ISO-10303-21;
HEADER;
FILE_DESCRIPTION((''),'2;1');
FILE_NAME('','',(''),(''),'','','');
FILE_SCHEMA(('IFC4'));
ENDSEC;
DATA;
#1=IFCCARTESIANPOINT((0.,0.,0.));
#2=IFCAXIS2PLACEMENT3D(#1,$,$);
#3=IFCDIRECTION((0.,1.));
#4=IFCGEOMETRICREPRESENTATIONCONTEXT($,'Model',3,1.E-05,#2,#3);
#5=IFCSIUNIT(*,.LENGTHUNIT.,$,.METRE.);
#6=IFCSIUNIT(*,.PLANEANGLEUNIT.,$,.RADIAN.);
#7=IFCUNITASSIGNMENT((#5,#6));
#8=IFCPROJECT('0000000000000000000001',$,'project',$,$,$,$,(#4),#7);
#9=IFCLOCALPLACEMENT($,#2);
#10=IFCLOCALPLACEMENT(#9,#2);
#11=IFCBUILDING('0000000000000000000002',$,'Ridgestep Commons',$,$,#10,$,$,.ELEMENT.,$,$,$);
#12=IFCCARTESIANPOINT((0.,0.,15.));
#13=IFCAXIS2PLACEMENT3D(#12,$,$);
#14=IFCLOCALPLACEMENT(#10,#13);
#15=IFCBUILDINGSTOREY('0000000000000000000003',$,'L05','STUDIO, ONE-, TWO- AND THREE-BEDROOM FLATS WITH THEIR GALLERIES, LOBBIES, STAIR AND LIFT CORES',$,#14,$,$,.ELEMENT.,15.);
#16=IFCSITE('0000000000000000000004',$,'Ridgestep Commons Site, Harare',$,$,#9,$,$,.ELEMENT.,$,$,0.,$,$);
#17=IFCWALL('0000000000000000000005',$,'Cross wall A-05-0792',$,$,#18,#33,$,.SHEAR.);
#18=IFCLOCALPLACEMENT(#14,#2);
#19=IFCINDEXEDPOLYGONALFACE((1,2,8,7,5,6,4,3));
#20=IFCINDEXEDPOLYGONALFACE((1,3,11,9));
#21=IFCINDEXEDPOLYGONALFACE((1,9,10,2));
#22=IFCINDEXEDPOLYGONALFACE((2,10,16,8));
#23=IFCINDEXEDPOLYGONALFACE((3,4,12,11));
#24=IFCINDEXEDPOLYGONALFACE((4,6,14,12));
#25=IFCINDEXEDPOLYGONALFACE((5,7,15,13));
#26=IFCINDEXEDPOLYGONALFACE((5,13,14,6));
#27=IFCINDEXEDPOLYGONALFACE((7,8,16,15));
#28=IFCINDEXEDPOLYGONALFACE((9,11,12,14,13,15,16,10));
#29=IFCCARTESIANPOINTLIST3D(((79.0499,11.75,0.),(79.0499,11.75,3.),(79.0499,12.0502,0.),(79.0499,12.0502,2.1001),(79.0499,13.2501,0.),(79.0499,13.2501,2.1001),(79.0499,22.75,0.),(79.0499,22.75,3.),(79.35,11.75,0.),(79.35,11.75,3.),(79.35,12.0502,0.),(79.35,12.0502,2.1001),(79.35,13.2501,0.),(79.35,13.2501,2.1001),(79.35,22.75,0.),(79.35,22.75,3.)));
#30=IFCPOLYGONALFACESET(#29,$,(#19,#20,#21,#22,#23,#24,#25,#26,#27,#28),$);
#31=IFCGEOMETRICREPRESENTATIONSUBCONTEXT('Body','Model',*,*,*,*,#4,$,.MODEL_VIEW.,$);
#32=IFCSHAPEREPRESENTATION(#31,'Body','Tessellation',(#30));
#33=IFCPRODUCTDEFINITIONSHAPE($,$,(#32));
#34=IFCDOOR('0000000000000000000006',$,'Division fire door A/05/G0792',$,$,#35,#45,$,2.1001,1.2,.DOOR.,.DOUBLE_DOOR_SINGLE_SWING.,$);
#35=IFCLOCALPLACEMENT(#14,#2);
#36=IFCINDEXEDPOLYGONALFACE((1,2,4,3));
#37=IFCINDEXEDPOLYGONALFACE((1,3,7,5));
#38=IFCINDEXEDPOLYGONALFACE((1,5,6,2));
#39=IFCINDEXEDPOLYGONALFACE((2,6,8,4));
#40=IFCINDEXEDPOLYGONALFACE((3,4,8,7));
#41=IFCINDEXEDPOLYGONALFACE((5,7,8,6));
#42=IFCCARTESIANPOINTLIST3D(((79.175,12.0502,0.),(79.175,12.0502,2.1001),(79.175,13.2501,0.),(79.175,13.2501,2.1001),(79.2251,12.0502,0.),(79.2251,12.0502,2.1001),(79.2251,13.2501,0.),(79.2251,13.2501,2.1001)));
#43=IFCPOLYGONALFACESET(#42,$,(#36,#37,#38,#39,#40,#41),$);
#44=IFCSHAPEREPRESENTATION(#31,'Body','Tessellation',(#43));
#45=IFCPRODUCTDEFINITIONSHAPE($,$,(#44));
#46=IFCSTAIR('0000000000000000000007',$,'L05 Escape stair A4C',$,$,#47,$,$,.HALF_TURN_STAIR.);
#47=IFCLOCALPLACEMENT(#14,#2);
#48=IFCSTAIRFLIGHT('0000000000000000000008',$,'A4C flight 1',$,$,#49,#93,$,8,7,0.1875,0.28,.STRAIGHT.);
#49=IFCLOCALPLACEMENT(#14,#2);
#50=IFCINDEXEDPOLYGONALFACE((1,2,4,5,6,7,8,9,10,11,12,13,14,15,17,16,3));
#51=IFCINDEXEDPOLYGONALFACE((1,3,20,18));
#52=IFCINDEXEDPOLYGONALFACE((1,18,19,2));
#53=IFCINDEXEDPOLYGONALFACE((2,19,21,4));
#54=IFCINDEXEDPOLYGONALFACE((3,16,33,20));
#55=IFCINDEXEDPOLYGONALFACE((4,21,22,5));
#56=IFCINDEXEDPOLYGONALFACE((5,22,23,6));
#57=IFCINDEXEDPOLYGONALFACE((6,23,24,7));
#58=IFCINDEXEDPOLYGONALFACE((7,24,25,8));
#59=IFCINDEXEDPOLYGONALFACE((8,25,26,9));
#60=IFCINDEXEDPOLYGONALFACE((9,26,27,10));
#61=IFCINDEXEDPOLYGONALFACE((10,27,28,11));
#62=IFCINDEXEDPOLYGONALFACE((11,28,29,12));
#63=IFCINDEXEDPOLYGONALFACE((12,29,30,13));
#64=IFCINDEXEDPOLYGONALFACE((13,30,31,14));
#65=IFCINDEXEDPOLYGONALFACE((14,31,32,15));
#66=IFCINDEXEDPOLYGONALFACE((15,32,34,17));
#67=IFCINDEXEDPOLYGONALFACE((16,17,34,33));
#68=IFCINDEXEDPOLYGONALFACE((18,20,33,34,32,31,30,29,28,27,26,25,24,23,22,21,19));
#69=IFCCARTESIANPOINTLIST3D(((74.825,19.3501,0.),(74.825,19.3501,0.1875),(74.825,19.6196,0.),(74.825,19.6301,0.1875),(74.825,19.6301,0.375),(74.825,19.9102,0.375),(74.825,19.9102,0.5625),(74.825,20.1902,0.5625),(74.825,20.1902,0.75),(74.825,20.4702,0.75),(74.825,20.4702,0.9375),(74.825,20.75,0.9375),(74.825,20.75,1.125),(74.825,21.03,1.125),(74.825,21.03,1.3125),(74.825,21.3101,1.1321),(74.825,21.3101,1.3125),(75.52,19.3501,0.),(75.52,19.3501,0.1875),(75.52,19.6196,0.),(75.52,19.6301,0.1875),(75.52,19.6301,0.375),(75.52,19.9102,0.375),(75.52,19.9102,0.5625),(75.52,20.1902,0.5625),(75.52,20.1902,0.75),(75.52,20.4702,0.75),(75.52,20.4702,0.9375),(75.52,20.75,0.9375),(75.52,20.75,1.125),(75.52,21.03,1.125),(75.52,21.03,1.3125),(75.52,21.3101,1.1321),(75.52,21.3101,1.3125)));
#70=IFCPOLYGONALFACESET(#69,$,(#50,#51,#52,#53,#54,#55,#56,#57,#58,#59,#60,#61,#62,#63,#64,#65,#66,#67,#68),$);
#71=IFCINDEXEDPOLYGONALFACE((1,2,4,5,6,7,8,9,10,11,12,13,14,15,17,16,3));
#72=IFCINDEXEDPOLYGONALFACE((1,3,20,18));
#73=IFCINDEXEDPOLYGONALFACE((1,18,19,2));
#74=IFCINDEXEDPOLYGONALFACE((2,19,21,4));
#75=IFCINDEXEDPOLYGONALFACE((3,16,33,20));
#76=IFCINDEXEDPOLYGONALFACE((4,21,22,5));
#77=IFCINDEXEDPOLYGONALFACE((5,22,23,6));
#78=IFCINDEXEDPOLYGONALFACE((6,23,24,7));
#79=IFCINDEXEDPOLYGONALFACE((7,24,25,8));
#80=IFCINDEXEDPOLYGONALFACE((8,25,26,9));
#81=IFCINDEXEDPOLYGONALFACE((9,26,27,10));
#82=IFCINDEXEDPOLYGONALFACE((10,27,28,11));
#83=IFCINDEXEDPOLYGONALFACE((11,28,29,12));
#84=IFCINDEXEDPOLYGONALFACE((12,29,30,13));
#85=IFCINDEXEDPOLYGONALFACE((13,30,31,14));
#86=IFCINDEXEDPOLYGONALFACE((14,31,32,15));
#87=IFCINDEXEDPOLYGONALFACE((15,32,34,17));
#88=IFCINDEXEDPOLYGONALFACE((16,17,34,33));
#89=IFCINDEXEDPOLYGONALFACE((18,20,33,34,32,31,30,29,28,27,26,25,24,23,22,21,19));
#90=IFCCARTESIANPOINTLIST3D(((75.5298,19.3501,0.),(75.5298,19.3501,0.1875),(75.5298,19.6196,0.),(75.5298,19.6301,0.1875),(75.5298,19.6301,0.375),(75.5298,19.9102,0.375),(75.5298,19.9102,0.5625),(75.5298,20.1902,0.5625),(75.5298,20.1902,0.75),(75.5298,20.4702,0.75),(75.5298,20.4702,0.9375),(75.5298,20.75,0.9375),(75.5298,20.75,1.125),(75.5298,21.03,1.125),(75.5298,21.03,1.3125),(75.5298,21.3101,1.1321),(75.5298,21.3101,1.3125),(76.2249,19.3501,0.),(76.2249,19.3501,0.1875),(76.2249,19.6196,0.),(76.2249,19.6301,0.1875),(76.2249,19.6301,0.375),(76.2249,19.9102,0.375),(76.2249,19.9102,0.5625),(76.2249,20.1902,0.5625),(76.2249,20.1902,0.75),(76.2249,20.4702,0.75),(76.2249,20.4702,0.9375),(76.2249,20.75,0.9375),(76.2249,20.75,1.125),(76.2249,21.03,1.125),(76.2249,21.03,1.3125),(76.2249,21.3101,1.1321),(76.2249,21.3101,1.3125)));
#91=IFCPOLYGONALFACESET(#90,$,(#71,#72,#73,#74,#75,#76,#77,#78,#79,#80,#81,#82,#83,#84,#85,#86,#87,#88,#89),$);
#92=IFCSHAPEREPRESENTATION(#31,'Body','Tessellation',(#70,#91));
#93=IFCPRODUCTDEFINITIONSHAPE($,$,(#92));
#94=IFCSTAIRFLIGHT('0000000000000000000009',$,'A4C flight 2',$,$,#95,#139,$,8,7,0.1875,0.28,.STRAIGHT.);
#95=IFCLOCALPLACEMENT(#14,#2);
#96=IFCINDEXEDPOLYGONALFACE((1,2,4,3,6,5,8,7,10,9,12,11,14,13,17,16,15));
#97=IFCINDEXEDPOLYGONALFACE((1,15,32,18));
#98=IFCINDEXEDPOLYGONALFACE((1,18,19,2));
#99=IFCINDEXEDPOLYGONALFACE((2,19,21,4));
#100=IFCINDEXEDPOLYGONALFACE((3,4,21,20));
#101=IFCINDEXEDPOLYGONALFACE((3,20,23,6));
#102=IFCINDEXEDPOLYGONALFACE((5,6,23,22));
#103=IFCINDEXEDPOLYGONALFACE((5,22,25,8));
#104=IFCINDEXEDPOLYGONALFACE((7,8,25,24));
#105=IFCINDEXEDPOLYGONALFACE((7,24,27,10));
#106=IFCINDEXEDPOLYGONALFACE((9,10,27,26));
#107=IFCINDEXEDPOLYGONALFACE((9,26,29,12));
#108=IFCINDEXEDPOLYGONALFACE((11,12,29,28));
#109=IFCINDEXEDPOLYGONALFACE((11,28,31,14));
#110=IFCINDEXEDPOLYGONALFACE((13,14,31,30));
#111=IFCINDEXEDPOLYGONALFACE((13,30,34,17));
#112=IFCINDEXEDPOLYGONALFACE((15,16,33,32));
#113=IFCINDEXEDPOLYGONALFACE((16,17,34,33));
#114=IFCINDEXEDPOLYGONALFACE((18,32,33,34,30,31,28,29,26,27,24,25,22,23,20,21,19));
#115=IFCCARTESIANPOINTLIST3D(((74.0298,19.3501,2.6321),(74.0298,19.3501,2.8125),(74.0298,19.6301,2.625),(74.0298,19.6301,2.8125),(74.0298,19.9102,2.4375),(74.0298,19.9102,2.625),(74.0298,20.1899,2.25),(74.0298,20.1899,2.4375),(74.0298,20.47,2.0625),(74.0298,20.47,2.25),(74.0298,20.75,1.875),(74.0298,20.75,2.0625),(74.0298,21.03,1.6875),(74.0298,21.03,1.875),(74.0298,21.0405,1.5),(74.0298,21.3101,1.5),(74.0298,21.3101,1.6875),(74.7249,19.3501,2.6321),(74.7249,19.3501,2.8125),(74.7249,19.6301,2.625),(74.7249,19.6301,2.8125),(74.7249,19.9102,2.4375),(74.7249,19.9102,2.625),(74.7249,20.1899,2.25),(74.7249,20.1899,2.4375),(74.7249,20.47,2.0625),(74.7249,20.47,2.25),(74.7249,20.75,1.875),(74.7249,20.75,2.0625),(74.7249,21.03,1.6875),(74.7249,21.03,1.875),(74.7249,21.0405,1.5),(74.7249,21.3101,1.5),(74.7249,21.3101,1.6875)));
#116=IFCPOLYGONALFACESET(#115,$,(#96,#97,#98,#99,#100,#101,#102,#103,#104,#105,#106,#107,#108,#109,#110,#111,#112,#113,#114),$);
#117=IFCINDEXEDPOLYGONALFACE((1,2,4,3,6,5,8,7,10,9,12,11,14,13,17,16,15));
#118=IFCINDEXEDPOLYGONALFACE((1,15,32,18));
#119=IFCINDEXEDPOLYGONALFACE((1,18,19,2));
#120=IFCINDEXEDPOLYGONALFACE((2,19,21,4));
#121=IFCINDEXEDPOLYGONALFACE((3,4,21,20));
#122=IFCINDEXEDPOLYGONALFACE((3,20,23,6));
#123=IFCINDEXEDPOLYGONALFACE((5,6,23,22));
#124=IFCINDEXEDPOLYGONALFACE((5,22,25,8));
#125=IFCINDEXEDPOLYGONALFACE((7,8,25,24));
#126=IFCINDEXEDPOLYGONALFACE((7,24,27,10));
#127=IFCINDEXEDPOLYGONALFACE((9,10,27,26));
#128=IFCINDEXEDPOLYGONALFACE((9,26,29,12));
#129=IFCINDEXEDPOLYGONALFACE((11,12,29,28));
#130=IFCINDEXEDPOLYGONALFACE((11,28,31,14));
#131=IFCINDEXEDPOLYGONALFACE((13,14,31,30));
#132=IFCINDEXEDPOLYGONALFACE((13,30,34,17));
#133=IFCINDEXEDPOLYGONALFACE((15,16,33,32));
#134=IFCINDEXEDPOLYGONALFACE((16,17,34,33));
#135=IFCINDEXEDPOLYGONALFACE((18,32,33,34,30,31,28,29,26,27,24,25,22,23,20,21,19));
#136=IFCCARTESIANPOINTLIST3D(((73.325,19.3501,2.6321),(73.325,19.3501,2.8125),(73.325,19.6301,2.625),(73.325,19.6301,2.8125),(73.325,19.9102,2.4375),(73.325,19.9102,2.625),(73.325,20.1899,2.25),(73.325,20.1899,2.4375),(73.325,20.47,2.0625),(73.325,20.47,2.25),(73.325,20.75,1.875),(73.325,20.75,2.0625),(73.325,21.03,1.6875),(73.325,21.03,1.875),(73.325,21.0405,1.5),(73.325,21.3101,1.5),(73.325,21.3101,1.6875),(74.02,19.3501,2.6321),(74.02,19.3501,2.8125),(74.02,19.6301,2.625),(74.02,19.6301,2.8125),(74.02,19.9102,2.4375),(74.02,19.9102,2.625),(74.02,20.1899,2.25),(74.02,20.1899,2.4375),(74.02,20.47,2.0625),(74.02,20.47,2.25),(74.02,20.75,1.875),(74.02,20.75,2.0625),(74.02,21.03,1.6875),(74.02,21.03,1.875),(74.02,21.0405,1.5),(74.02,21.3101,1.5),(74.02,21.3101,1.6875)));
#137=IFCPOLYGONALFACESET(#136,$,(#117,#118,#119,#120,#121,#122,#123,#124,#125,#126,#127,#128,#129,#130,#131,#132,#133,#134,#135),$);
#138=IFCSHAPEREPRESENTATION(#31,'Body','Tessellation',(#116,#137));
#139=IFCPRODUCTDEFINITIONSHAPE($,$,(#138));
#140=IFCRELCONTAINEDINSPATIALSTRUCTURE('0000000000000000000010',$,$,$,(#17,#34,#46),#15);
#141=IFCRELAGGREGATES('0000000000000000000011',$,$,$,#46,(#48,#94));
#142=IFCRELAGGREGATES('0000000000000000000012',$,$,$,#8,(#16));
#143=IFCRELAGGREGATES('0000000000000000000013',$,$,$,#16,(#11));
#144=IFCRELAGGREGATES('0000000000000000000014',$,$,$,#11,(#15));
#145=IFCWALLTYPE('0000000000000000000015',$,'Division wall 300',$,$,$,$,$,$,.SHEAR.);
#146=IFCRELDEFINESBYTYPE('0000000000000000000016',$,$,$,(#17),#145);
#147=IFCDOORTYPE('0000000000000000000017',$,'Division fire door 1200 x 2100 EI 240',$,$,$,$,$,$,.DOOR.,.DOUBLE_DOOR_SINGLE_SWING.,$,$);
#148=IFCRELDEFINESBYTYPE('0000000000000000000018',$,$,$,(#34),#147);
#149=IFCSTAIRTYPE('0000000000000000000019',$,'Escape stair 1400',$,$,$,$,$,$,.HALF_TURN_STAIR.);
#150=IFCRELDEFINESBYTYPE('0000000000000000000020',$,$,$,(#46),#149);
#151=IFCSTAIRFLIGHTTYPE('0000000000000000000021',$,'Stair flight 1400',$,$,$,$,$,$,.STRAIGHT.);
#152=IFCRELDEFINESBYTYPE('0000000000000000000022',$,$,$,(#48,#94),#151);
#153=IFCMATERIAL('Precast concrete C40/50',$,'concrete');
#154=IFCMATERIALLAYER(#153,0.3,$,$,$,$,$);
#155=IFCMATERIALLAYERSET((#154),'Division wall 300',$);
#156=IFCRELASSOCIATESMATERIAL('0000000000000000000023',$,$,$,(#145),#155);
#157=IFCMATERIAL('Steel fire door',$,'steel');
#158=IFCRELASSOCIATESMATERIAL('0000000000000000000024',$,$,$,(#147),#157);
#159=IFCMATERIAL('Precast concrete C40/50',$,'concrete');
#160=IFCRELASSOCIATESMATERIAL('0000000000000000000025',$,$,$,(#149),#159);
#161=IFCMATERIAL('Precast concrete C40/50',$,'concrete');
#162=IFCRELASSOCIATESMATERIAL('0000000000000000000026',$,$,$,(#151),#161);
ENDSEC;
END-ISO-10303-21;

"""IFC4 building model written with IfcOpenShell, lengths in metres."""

from ifc_helpers import new_model, si_unit, direction, frame, frame_2d, origin, place, context, subcontext, project, spatial, polyline, rectangle, outline, extrude, material, layer, layer_set, type_object, element, fill, aggregate, save


model = new_model("IFC4")

# Units and contexts
model_context = context("Model", 3, precision=1e-05, world=origin(), true_north=direction((0.0, 1.0)))
body_context = subcontext(model_context, "Body", "Model", "MODEL_VIEW")
ifc_project = project(units=[si_unit("LENGTHUNIT", "METRE"), si_unit("PLANEANGLEUNIT", "RADIAN")], contexts=[model_context])

# Site, building, storey
site_placement = place(None, origin())
site = spatial("IfcSite", under=ifc_project, at=site_placement, Name="Ridgestep Commons Site, Harare", CompositionType="ELEMENT", RefElevation=0.0)
building_placement = place(site_placement, origin())
building = spatial("IfcBuilding", under=site, at=building_placement, Name="Ridgestep Commons", CompositionType="ELEMENT")
storey_placement = place(building_placement, frame((0.0, 0.0, 15.0)))
storey = spatial("IfcBuildingStorey", under=building, at=storey_placement, Name="L05", Description="STUDIO, ONE-, TWO- AND THREE-BEDROOM FLATS WITH THEIR GALLERIES, LOBBIES, STAIR AND LIFT CORES", CompositionType="ELEMENT", Elevation=15.0)

# Wall, opening, door
ifc_material_1 = material(Name="Precast concrete C40/50", Category="concrete")
ifc_layer_1 = layer(ifc_material_1, 0.3)
ifc_layer_set_1 = layer_set([ifc_layer_1], Name="Division wall 300")
wall_type_1 = type_object("IfcWallType", Name="Division wall 300", PredefinedType="SHEAR", material=ifc_layer_set_1)
wall_1_placement = place(storey_placement, frame((79.2, 11.75, 0.0), z_axis=(0.0, 0.0, 1.0), x_axis=(0.0, 1.0, 0.0)))
wall_1 = element("IfcWall", 1, at=wall_1_placement, inside=storey, type_object=wall_type_1, Name="Cross wall A-05-0792", PredefinedType="SHEAR", context=body_context, shape_type="SweptSolid", body=[
    extrude(rectangle(XDim=11.0, YDim=0.3, at=frame_2d((5.5, 0.0))), origin(), (0.0, 0.0, 1.0), 3.0),
])
opening_1_placement = place(wall_1_placement, frame((0.3, 0.0, 0.0)))
opening_1 = element("IfcOpeningElement", 2, at=opening_1_placement, cuts=wall_1, PredefinedType="OPENING", context=body_context, shape_type="SweptSolid", body=[
    extrude(rectangle(XDim=1.2, YDim=2.1001, at=frame_2d((0.6001, 1.05))), frame((0.0, 0.1599, 0.0), z_axis=(0.0, -1.0, 0.0), x_axis=(1.0, 0.0, 0.0)), (0.0, 0.0, 1.0), 0.3201),
])
ifc_material_2 = material(Name="Steel fire door", Category="steel")
door_type_1 = type_object("IfcDoorType", Name="Division fire door 1200 x 2100 EI 240", OperationType="DOUBLE_DOOR_SINGLE_SWING", PredefinedType="DOOR", material=ifc_material_2)
door_1_placement = place(opening_1_placement, origin())
door_1 = element("IfcDoor", 3, at=door_1_placement, inside=storey, type_object=door_type_1, Name="Division fire door A/05/G0792", OperationType="DOUBLE_DOOR_SINGLE_SWING", OverallHeight=2.1001, OverallWidth=1.2, PredefinedType="DOOR", context=body_context, shape_type="SweptSolid", body=[
    extrude(rectangle(XDim=1.2, YDim=2.1001, at=frame_2d((0.6001, 1.05))), frame((0.0, 0.0249, 0.0), z_axis=(0.0, -1.0, 0.0), x_axis=(1.0, 0.0, 0.0)), (0.0, 0.0, 1.0), 0.05),
])
fill(opening_1, door_1)

# Stair, stair flights
ifc_material_3 = material(Name="Precast concrete C40/50", Category="concrete")
stair_type = type_object("IfcStairType", Name="Escape stair 1400", PredefinedType="HALF_TURN_STAIR", material=ifc_material_3)
stair_placement = place(storey_placement, origin())
stair = element("IfcStair", 4, at=stair_placement, inside=storey, type_object=stair_type, Name="L05 Escape stair A4C", PredefinedType="HALF_TURN_STAIR")
ifc_material_4 = material(Name="Precast concrete C40/50", Category="concrete")
stair_flight_type = type_object("IfcStairFlightType", Name="Stair flight 1400", PredefinedType="STRAIGHT", material=ifc_material_4)
stair_flight_1_placement = place(storey_placement, frame((75.5249, 19.3501, 0.0), z_axis=(0.0, 0.0, 1.0), x_axis=(0.0, 1.0, 0.0)))
stair_flight_1 = element("IfcStairFlight", 5, at=stair_flight_1_placement, type_object=stair_flight_type, Name="A4C flight 1", NumberOfRisers=8, NumberOfTreads=7, PredefinedType="STRAIGHT", RiserHeight=0.1875, TreadLength=0.28, context=body_context, shape_type="SweptSolid", body=[
    extrude(outline(polyline([(0.0, 0.0), (0.0, 0.1875), (0.28, 0.1875), (0.28, 0.375), (0.5601, 0.375), (0.5601, 0.5625), (0.8401, 0.5625), (0.8401, 0.75), (1.1201, 0.75), (1.1201, 0.9375), (1.3999, 0.9375), (1.3999, 1.125), (1.6799, 1.125), (1.6799, 1.3125), (1.96, 1.3125), (1.96, 1.5), (1.96, 1.1321), (0.2695, 0.0), (0.0, 0.0)])), frame((0.0, 0.7, 0.0), z_axis=(0.0, -1.0, 0.0), x_axis=(1.0, 0.0, 0.0)), (0.0, 0.0, 1.0), 0.6951),
    extrude(outline(polyline([(0.0, 0.0), (0.0, 0.1875), (0.28, 0.1875), (0.28, 0.375), (0.5601, 0.375), (0.5601, 0.5625), (0.8401, 0.5625), (0.8401, 0.75), (1.1201, 0.75), (1.1201, 0.9375), (1.3999, 0.9375), (1.3999, 1.125), (1.6799, 1.125), (1.6799, 1.3125), (1.96, 1.3125), (1.96, 1.5), (1.96, 1.1321), (0.2695, 0.0), (0.0, 0.0)])), frame((0.0, -0.0049, 0.0), z_axis=(0.0, -1.0, 0.0), x_axis=(1.0, 0.0, 0.0)), (0.0, 0.0, 1.0), 0.6951),
])
stair_flight_2_placement = place(storey_placement, frame((74.0249, 21.3101, 1.5), z_axis=(0.0, 0.0, 1.0), x_axis=(0.0, -1.0, 0.0)))
stair_flight_2 = element("IfcStairFlight", 6, at=stair_flight_2_placement, type_object=stair_flight_type, Name="A4C flight 2", NumberOfRisers=8, NumberOfTreads=7, PredefinedType="STRAIGHT", RiserHeight=0.1875, TreadLength=0.28, context=body_context, shape_type="SweptSolid", body=[
    extrude(outline(polyline([(0.0, 0.0), (0.0, 0.1875), (0.28, 0.1875), (0.28, 0.375), (0.5601, 0.375), (0.5601, 0.5625), (0.8401, 0.5625), (0.8401, 0.75), (1.1201, 0.75), (1.1201, 0.9375), (1.3999, 0.9375), (1.3999, 1.125), (1.6799, 1.125), (1.6799, 1.3125), (1.96, 1.3125), (1.96, 1.5), (1.96, 1.1321), (0.2695, 0.0), (0.0, 0.0)])), frame((0.0, 0.7, 0.0), z_axis=(0.0, -1.0, 0.0), x_axis=(1.0, 0.0, 0.0)), (0.0, 0.0, 1.0), 0.6951),
    extrude(outline(polyline([(0.0, 0.0), (0.0, 0.1875), (0.28, 0.1875), (0.28, 0.375), (0.5601, 0.375), (0.5601, 0.5625), (0.8401, 0.5625), (0.8401, 0.75), (1.1201, 0.75), (1.1201, 0.9375), (1.3999, 0.9375), (1.3999, 1.125), (1.6799, 1.125), (1.6799, 1.3125), (1.96, 1.3125), (1.96, 1.5), (1.96, 1.1321), (0.2695, 0.0), (0.0, 0.0)])), frame((0.0, -0.0049, 0.0), z_axis=(0.0, -1.0, 0.0), x_axis=(1.0, 0.0, 0.0)), (0.0, 0.0, 1.0), 0.6951),
])
aggregate(stair, [stair_flight_1, stair_flight_2])

save(model, "model.ifc")
